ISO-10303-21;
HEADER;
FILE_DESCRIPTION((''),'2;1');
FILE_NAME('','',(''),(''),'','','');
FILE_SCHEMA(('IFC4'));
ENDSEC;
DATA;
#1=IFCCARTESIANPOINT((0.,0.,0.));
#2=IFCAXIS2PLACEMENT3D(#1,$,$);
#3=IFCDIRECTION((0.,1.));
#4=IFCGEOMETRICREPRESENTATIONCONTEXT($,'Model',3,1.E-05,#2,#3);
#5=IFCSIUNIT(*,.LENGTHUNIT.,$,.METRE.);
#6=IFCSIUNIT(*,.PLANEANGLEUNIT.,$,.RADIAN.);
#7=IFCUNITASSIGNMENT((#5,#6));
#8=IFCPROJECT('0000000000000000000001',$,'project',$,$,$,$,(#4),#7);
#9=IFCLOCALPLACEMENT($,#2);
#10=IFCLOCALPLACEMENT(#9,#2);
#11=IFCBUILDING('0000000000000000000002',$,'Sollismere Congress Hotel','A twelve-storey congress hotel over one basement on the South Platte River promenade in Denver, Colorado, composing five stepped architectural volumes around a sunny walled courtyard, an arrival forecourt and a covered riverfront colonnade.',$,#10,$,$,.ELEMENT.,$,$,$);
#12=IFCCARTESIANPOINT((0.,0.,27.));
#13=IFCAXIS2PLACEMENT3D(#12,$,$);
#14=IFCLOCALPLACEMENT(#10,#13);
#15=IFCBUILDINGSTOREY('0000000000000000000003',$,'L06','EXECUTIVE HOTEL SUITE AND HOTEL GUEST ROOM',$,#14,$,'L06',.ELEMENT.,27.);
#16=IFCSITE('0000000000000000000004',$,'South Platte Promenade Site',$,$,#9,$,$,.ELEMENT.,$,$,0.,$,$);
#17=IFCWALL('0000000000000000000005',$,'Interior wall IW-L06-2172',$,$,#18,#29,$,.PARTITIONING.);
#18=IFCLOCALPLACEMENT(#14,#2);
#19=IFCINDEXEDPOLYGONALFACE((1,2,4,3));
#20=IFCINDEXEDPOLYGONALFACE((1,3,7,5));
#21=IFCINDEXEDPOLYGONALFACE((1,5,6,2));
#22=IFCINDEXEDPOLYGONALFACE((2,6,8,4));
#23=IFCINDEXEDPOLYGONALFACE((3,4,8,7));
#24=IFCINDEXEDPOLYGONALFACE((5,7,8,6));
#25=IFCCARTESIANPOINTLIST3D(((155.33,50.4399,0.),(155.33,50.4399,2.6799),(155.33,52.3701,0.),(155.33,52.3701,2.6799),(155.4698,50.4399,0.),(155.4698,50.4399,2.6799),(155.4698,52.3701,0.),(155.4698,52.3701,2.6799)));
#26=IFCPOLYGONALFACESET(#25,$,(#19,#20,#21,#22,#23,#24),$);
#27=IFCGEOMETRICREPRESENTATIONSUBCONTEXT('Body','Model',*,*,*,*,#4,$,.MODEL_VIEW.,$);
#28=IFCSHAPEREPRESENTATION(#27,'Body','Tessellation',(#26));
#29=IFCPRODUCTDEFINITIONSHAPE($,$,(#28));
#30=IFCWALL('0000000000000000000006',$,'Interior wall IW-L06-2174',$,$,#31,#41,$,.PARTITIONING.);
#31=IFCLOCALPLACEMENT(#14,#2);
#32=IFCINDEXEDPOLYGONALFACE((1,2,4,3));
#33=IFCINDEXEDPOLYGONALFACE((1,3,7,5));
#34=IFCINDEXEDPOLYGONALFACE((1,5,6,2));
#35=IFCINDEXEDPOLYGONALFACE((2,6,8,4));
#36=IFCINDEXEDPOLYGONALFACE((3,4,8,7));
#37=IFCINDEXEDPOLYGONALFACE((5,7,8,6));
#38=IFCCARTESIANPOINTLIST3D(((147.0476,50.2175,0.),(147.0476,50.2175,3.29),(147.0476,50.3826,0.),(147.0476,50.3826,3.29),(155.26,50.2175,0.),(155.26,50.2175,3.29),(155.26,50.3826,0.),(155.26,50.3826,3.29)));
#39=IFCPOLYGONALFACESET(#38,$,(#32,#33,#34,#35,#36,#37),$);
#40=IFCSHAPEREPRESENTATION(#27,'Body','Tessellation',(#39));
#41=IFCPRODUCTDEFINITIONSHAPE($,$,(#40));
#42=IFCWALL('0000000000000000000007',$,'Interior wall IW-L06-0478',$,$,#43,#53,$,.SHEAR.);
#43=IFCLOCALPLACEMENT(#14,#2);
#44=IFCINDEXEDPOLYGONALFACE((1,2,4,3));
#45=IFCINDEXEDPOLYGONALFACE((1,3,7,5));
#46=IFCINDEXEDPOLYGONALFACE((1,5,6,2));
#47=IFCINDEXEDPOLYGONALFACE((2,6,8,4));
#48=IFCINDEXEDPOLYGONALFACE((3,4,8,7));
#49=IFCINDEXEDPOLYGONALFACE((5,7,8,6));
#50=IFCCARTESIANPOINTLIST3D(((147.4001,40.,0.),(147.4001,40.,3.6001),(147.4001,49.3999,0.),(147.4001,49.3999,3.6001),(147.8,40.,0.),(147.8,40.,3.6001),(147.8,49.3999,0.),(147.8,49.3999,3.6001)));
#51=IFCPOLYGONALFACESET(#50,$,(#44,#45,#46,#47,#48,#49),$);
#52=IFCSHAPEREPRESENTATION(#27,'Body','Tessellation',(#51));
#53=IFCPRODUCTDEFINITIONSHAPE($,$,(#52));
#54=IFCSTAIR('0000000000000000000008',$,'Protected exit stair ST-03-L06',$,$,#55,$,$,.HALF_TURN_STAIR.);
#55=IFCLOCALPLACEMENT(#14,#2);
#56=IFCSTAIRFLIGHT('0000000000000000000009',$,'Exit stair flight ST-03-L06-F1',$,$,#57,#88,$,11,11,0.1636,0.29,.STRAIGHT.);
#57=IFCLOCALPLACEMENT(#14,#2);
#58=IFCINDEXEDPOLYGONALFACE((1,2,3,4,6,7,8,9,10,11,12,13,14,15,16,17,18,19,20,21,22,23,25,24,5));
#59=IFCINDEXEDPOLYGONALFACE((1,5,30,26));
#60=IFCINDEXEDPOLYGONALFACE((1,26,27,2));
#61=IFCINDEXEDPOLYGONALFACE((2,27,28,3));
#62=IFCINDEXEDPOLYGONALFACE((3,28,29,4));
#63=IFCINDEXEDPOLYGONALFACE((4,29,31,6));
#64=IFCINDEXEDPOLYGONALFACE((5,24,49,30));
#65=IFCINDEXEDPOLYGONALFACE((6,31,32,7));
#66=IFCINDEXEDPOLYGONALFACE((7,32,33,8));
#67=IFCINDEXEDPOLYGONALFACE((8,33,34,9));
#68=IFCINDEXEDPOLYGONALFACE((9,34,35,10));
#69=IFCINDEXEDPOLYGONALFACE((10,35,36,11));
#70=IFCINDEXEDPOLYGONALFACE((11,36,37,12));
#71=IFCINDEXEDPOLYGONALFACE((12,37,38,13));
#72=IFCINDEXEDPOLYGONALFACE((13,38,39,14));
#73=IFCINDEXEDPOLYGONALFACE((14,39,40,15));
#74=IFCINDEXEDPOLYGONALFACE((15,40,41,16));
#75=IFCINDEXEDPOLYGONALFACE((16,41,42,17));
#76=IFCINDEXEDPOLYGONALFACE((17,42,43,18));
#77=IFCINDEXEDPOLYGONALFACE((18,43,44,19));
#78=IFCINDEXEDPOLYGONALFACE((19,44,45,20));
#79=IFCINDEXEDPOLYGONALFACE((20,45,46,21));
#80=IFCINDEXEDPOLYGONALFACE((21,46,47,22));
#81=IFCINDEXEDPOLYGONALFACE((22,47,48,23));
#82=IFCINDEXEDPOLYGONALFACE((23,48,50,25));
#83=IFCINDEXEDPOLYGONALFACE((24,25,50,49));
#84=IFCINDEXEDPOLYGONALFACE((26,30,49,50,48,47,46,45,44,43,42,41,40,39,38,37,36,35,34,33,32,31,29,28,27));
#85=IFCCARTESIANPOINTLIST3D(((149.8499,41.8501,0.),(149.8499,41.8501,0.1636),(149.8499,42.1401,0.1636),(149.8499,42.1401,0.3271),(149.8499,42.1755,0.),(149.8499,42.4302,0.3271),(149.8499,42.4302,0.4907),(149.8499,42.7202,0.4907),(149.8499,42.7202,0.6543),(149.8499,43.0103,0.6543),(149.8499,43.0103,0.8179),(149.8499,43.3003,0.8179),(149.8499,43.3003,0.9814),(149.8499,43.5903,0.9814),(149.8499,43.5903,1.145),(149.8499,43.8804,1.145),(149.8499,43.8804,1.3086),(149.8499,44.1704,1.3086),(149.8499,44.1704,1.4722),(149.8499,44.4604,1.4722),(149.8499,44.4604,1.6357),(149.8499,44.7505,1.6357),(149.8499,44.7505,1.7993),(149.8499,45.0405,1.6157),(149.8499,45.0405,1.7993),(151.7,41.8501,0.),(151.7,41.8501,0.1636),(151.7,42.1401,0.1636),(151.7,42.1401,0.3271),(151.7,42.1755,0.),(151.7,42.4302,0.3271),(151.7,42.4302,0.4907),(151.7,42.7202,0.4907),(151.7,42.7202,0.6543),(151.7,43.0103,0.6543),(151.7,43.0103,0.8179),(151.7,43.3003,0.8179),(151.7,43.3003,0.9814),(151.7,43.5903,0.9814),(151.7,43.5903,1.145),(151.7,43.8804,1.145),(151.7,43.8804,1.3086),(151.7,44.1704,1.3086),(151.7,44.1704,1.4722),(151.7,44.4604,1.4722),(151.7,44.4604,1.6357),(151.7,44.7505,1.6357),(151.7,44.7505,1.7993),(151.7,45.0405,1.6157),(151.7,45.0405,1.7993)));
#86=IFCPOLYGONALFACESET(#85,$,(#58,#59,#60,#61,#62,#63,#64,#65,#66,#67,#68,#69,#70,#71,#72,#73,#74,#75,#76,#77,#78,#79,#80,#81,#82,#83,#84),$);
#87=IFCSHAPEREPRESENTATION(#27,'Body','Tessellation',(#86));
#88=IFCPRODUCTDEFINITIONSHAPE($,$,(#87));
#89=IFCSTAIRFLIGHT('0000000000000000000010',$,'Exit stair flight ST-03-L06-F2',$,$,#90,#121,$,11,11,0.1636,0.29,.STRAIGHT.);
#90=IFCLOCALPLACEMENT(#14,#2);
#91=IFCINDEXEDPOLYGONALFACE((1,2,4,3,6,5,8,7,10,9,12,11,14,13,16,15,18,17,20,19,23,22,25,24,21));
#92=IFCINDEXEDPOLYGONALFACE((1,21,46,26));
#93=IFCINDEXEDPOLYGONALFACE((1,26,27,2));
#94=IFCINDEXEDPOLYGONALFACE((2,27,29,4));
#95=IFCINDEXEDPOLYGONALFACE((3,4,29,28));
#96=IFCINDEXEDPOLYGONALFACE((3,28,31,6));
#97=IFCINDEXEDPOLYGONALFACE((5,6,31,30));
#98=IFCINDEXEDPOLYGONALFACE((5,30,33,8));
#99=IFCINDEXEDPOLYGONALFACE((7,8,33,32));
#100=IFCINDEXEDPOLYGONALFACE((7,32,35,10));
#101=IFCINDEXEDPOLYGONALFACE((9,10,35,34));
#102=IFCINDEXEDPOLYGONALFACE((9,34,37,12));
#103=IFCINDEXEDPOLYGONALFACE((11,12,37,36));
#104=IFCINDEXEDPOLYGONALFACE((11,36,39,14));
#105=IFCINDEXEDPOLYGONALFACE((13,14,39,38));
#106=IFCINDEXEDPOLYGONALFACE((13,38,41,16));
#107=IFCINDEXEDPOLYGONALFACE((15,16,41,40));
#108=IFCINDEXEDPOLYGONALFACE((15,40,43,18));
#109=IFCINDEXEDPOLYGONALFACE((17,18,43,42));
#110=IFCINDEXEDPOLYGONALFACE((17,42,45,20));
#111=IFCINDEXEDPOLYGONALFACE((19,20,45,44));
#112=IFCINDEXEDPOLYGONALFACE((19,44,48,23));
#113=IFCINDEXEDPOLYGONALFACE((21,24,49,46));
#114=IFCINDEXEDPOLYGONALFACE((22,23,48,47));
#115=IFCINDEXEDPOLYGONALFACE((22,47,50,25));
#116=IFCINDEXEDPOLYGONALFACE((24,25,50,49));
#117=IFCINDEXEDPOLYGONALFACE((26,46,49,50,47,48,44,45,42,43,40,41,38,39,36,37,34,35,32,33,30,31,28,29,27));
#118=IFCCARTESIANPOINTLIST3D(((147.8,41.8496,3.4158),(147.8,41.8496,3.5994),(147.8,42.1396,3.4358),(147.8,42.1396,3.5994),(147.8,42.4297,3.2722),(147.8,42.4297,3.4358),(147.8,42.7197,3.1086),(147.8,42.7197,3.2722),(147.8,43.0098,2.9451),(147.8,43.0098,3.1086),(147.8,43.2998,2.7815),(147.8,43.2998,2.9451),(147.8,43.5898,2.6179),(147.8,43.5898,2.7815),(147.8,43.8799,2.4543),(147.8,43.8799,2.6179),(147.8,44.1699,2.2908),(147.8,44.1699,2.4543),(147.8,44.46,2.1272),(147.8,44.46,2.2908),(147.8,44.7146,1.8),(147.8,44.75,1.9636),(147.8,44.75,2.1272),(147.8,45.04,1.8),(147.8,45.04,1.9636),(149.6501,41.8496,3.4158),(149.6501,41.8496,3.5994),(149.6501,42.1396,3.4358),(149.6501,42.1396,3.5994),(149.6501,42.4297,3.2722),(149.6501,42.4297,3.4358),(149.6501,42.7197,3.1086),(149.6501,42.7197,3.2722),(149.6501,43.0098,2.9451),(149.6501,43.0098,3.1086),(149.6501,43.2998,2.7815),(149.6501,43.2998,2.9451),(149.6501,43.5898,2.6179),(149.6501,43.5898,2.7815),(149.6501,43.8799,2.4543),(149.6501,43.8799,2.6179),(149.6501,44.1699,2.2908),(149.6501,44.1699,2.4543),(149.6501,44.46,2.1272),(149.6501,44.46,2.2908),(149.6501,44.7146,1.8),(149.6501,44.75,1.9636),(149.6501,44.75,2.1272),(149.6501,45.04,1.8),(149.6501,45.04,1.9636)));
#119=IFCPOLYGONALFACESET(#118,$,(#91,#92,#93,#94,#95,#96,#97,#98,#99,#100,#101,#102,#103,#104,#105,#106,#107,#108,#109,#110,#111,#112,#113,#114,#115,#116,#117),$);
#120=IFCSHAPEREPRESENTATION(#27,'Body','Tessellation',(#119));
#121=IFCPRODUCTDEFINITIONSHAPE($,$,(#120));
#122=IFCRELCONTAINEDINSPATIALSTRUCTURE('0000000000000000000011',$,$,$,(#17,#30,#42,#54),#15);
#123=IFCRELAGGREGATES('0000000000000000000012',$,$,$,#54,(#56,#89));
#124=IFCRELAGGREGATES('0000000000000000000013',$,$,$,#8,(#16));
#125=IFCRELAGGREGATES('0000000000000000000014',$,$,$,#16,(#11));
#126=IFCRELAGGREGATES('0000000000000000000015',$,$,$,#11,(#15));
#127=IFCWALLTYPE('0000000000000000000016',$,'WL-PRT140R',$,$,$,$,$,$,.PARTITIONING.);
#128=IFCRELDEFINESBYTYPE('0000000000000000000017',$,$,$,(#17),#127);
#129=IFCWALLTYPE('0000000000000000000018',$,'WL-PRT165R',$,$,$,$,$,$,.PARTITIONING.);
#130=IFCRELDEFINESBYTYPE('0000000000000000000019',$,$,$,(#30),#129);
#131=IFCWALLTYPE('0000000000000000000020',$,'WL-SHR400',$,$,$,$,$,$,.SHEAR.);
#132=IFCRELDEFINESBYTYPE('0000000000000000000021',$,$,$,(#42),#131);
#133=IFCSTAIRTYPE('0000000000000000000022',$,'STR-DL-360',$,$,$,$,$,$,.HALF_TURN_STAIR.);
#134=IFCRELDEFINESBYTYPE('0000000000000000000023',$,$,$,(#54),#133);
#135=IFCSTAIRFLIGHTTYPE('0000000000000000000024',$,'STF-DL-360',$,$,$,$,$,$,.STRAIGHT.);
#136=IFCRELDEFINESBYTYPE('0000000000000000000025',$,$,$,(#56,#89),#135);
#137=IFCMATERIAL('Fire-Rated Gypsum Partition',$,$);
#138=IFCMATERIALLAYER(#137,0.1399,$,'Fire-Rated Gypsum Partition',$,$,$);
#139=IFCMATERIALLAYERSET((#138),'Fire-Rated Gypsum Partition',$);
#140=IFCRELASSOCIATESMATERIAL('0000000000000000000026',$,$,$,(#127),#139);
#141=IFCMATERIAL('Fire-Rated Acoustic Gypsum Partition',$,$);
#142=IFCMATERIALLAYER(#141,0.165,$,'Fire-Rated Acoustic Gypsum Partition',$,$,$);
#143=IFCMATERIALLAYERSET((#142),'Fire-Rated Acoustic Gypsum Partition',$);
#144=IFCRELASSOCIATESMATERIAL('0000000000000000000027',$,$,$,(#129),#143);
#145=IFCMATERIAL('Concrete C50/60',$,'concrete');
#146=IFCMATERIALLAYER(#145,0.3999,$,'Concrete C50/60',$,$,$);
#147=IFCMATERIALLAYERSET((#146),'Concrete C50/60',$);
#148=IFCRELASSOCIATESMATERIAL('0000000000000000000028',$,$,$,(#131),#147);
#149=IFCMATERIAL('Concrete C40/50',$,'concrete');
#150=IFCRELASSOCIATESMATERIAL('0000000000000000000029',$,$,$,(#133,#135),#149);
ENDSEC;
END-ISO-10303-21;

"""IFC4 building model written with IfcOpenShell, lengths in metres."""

from ifc_helpers import new_model, si_unit, direction, frame, frame_2d, origin, place, context, subcontext, project, spatial, polyline, rectangle, outline, extrude, material, layer, layer_set, type_object, element, aggregate, save


model = new_model("IFC4")

# Units and contexts
model_context = context("Model", 3, precision=1e-05, world=origin(), true_north=direction((0.0, 1.0)))
body_context = subcontext(model_context, "Body", "Model", "MODEL_VIEW")
ifc_project = project(units=[si_unit("LENGTHUNIT", "METRE"), si_unit("PLANEANGLEUNIT", "RADIAN")], contexts=[model_context])

# Site, building, storey
site_placement = place(None, origin())
site = spatial("IfcSite", under=ifc_project, at=site_placement, Name="South Platte Promenade Site", CompositionType="ELEMENT", RefElevation=0.0)
building_placement = place(site_placement, origin())
building = spatial("IfcBuilding", under=site, at=building_placement, Name="Sollismere Congress Hotel", Description="A twelve-storey congress hotel over one basement on the South Platte River promenade in Denver, Colorado, composing five stepped architectural volumes around a sunny walled courtyard, an arrival forecourt and a covered riverfront colonnade.", CompositionType="ELEMENT")
storey_placement = place(building_placement, frame((0.0, 0.0, 27.0)))
storey = spatial("IfcBuildingStorey", under=building, at=storey_placement, Name="L06", Description="EXECUTIVE HOTEL SUITE AND HOTEL GUEST ROOM", LongName="L06", CompositionType="ELEMENT", Elevation=27.0)

# Walls
ifc_material_1 = material(Name="Fire-Rated Gypsum Partition")
ifc_layer_1 = layer(ifc_material_1, 0.1399, Name="Fire-Rated Gypsum Partition")
ifc_layer_set_1 = layer_set([ifc_layer_1], Name="Fire-Rated Gypsum Partition")
wall_type_1 = type_object("IfcWallType", Name="WL-PRT140R", PredefinedType="PARTITIONING", material=ifc_layer_set_1)
wall_1_placement = place(storey_placement, frame((155.3999, 50.4399, 0.0), z_axis=(0.0, 0.0, 1.0), x_axis=(0.0, 1.0, 0.0)))
element("IfcWall", 1, at=wall_1_placement, inside=storey, type_object=wall_type_1, Name="Interior wall IW-L06-2172", PredefinedType="PARTITIONING", context=body_context, shape_type="SweptSolid", body=[
    extrude(rectangle(XDim=1.9302, YDim=0.1399, at=frame_2d((0.9651, 0.0))), origin(), (0.0, 0.0, 1.0), 2.6799),
])
ifc_material_2 = material(Name="Fire-Rated Acoustic Gypsum Partition")
ifc_layer_2 = layer(ifc_material_2, 0.165, Name="Fire-Rated Acoustic Gypsum Partition")
ifc_layer_set_2 = layer_set([ifc_layer_2], Name="Fire-Rated Acoustic Gypsum Partition")
wall_type_2 = type_object("IfcWallType", Name="WL-PRT165R", PredefinedType="PARTITIONING", material=ifc_layer_set_2)
wall_2_placement = place(storey_placement, frame((147.0476, 50.3, 0.0), z_axis=(0.0, 0.0, 1.0), x_axis=(1.0, 0.0, 0.0)))
element("IfcWall", 2, at=wall_2_placement, inside=storey, type_object=wall_type_2, Name="Interior wall IW-L06-2174", PredefinedType="PARTITIONING", context=body_context, shape_type="SweptSolid", body=[
    extrude(rectangle(XDim=8.2124, YDim=0.165, at=frame_2d((4.1062, 0.0))), origin(), (0.0, 0.0, 1.0), 3.29),
])
ifc_material_3 = material(Name="Concrete C50/60", Category="concrete")
ifc_layer_3 = layer(ifc_material_3, 0.3999, Name="Concrete C50/60")
ifc_layer_set_3 = layer_set([ifc_layer_3], Name="Concrete C50/60")
wall_type_3 = type_object("IfcWallType", Name="WL-SHR400", PredefinedType="SHEAR", material=ifc_layer_set_3)
wall_3_placement = place(storey_placement, frame((147.6001, 49.3999, 0.0), z_axis=(0.0, 0.0, 1.0), x_axis=(0.0, -1.0, 0.0)))
element("IfcWall", 3, at=wall_3_placement, inside=storey, type_object=wall_type_3, Name="Interior wall IW-L06-0478", PredefinedType="SHEAR", context=body_context, shape_type="SweptSolid", body=[
    extrude(rectangle(XDim=9.3999, YDim=0.3999, at=frame_2d((4.7, 0.0))), origin(), (0.0, 0.0, 1.0), 3.6001),
])

# Stair, stair flights
ifc_material_4 = material(Name="Concrete C40/50", Category="concrete")
stair_type = type_object("IfcStairType", Name="STR-DL-360", PredefinedType="HALF_TURN_STAIR", material=ifc_material_4)
stair_placement = place(storey_placement, origin())
stair = element("IfcStair", 4, at=stair_placement, inside=storey, type_object=stair_type, Name="Protected exit stair ST-03-L06", PredefinedType="HALF_TURN_STAIR")
stair_flight_type = type_object("IfcStairFlightType", Name="STF-DL-360", PredefinedType="STRAIGHT", material=ifc_material_4)
stair_flight_1_placement = place(storey_placement, frame((150.7749, 41.8501, 0.0), z_axis=(0.0, 0.0, 1.0), x_axis=(0.0, 1.0, 0.0)))
stair_flight_1 = element("IfcStairFlight", 5, at=stair_flight_1_placement, type_object=stair_flight_type, Name="Exit stair flight ST-03-L06-F1", NumberOfRisers=11, NumberOfTreads=11, PredefinedType="STRAIGHT", RiserHeight=0.1636, TreadLength=0.29, context=body_context, shape_type="SweptSolid", body=[
    extrude(outline(polyline([(0.0, 0.0), (0.0, 0.1636), (0.29, 0.1636), (0.29, 0.3271), (0.5801, 0.3271), (0.5801, 0.4907), (0.8701, 0.4907), (0.8701, 0.6543), (1.1602, 0.6543), (1.1602, 0.8179), (1.4502, 0.8179), (1.4502, 0.9814), (1.7402, 0.9814), (1.7402, 1.145), (2.0303, 1.145), (2.0303, 1.3086), (2.3203, 1.3086), (2.3203, 1.4722), (2.6104, 1.4722), (2.6104, 1.6357), (2.9004, 1.6357), (2.9004, 1.7993), (3.1904, 1.7993), (3.1904, 1.6157), (0.3254, 0.0), (0.0, 0.0)])), frame((0.0, 0.925, 0.0), z_axis=(0.0, -1.0, 0.0), x_axis=(1.0, 0.0, 0.0)), (0.0, 0.0, 1.0), 1.8501),
])
stair_flight_2_placement = place(storey_placement, frame((148.7251, 45.04, 1.8), z_axis=(0.0, 0.0, 1.0), x_axis=(0.0, -1.0, 0.0)))
stair_flight_2 = element("IfcStairFlight", 6, at=stair_flight_2_placement, type_object=stair_flight_type, Name="Exit stair flight ST-03-L06-F2", NumberOfRisers=11, NumberOfTreads=11, PredefinedType="STRAIGHT", RiserHeight=0.1636, TreadLength=0.29, context=body_context, shape_type="SweptSolid", body=[
    extrude(outline(polyline([(0.0, 0.0), (0.0, 0.1636), (0.29, 0.1636), (0.29, 0.3271), (0.5801, 0.3271), (0.5801, 0.4907), (0.8701, 0.4907), (0.8701, 0.6543), (1.1602, 0.6543), (1.1602, 0.8179), (1.4502, 0.8179), (1.4502, 0.9814), (1.7402, 0.9814), (1.7402, 1.145), (2.0303, 1.145), (2.0303, 1.3086), (2.3203, 1.3086), (2.3203, 1.4722), (2.6104, 1.4722), (2.6104, 1.6357), (2.9004, 1.6357), (2.9004, 1.7993), (3.1904, 1.7993), (3.1904, 1.6157), (0.3254, 0.0), (0.0, 0.0)])), frame((0.0, 0.925, 0.0), z_axis=(0.0, -1.0, 0.0), x_axis=(1.0, 0.0, 0.0)), (0.0, 0.0, 1.0), 1.8501),
])
aggregate(stair, [stair_flight_1, stair_flight_2])

save(model, "model.ifc")
